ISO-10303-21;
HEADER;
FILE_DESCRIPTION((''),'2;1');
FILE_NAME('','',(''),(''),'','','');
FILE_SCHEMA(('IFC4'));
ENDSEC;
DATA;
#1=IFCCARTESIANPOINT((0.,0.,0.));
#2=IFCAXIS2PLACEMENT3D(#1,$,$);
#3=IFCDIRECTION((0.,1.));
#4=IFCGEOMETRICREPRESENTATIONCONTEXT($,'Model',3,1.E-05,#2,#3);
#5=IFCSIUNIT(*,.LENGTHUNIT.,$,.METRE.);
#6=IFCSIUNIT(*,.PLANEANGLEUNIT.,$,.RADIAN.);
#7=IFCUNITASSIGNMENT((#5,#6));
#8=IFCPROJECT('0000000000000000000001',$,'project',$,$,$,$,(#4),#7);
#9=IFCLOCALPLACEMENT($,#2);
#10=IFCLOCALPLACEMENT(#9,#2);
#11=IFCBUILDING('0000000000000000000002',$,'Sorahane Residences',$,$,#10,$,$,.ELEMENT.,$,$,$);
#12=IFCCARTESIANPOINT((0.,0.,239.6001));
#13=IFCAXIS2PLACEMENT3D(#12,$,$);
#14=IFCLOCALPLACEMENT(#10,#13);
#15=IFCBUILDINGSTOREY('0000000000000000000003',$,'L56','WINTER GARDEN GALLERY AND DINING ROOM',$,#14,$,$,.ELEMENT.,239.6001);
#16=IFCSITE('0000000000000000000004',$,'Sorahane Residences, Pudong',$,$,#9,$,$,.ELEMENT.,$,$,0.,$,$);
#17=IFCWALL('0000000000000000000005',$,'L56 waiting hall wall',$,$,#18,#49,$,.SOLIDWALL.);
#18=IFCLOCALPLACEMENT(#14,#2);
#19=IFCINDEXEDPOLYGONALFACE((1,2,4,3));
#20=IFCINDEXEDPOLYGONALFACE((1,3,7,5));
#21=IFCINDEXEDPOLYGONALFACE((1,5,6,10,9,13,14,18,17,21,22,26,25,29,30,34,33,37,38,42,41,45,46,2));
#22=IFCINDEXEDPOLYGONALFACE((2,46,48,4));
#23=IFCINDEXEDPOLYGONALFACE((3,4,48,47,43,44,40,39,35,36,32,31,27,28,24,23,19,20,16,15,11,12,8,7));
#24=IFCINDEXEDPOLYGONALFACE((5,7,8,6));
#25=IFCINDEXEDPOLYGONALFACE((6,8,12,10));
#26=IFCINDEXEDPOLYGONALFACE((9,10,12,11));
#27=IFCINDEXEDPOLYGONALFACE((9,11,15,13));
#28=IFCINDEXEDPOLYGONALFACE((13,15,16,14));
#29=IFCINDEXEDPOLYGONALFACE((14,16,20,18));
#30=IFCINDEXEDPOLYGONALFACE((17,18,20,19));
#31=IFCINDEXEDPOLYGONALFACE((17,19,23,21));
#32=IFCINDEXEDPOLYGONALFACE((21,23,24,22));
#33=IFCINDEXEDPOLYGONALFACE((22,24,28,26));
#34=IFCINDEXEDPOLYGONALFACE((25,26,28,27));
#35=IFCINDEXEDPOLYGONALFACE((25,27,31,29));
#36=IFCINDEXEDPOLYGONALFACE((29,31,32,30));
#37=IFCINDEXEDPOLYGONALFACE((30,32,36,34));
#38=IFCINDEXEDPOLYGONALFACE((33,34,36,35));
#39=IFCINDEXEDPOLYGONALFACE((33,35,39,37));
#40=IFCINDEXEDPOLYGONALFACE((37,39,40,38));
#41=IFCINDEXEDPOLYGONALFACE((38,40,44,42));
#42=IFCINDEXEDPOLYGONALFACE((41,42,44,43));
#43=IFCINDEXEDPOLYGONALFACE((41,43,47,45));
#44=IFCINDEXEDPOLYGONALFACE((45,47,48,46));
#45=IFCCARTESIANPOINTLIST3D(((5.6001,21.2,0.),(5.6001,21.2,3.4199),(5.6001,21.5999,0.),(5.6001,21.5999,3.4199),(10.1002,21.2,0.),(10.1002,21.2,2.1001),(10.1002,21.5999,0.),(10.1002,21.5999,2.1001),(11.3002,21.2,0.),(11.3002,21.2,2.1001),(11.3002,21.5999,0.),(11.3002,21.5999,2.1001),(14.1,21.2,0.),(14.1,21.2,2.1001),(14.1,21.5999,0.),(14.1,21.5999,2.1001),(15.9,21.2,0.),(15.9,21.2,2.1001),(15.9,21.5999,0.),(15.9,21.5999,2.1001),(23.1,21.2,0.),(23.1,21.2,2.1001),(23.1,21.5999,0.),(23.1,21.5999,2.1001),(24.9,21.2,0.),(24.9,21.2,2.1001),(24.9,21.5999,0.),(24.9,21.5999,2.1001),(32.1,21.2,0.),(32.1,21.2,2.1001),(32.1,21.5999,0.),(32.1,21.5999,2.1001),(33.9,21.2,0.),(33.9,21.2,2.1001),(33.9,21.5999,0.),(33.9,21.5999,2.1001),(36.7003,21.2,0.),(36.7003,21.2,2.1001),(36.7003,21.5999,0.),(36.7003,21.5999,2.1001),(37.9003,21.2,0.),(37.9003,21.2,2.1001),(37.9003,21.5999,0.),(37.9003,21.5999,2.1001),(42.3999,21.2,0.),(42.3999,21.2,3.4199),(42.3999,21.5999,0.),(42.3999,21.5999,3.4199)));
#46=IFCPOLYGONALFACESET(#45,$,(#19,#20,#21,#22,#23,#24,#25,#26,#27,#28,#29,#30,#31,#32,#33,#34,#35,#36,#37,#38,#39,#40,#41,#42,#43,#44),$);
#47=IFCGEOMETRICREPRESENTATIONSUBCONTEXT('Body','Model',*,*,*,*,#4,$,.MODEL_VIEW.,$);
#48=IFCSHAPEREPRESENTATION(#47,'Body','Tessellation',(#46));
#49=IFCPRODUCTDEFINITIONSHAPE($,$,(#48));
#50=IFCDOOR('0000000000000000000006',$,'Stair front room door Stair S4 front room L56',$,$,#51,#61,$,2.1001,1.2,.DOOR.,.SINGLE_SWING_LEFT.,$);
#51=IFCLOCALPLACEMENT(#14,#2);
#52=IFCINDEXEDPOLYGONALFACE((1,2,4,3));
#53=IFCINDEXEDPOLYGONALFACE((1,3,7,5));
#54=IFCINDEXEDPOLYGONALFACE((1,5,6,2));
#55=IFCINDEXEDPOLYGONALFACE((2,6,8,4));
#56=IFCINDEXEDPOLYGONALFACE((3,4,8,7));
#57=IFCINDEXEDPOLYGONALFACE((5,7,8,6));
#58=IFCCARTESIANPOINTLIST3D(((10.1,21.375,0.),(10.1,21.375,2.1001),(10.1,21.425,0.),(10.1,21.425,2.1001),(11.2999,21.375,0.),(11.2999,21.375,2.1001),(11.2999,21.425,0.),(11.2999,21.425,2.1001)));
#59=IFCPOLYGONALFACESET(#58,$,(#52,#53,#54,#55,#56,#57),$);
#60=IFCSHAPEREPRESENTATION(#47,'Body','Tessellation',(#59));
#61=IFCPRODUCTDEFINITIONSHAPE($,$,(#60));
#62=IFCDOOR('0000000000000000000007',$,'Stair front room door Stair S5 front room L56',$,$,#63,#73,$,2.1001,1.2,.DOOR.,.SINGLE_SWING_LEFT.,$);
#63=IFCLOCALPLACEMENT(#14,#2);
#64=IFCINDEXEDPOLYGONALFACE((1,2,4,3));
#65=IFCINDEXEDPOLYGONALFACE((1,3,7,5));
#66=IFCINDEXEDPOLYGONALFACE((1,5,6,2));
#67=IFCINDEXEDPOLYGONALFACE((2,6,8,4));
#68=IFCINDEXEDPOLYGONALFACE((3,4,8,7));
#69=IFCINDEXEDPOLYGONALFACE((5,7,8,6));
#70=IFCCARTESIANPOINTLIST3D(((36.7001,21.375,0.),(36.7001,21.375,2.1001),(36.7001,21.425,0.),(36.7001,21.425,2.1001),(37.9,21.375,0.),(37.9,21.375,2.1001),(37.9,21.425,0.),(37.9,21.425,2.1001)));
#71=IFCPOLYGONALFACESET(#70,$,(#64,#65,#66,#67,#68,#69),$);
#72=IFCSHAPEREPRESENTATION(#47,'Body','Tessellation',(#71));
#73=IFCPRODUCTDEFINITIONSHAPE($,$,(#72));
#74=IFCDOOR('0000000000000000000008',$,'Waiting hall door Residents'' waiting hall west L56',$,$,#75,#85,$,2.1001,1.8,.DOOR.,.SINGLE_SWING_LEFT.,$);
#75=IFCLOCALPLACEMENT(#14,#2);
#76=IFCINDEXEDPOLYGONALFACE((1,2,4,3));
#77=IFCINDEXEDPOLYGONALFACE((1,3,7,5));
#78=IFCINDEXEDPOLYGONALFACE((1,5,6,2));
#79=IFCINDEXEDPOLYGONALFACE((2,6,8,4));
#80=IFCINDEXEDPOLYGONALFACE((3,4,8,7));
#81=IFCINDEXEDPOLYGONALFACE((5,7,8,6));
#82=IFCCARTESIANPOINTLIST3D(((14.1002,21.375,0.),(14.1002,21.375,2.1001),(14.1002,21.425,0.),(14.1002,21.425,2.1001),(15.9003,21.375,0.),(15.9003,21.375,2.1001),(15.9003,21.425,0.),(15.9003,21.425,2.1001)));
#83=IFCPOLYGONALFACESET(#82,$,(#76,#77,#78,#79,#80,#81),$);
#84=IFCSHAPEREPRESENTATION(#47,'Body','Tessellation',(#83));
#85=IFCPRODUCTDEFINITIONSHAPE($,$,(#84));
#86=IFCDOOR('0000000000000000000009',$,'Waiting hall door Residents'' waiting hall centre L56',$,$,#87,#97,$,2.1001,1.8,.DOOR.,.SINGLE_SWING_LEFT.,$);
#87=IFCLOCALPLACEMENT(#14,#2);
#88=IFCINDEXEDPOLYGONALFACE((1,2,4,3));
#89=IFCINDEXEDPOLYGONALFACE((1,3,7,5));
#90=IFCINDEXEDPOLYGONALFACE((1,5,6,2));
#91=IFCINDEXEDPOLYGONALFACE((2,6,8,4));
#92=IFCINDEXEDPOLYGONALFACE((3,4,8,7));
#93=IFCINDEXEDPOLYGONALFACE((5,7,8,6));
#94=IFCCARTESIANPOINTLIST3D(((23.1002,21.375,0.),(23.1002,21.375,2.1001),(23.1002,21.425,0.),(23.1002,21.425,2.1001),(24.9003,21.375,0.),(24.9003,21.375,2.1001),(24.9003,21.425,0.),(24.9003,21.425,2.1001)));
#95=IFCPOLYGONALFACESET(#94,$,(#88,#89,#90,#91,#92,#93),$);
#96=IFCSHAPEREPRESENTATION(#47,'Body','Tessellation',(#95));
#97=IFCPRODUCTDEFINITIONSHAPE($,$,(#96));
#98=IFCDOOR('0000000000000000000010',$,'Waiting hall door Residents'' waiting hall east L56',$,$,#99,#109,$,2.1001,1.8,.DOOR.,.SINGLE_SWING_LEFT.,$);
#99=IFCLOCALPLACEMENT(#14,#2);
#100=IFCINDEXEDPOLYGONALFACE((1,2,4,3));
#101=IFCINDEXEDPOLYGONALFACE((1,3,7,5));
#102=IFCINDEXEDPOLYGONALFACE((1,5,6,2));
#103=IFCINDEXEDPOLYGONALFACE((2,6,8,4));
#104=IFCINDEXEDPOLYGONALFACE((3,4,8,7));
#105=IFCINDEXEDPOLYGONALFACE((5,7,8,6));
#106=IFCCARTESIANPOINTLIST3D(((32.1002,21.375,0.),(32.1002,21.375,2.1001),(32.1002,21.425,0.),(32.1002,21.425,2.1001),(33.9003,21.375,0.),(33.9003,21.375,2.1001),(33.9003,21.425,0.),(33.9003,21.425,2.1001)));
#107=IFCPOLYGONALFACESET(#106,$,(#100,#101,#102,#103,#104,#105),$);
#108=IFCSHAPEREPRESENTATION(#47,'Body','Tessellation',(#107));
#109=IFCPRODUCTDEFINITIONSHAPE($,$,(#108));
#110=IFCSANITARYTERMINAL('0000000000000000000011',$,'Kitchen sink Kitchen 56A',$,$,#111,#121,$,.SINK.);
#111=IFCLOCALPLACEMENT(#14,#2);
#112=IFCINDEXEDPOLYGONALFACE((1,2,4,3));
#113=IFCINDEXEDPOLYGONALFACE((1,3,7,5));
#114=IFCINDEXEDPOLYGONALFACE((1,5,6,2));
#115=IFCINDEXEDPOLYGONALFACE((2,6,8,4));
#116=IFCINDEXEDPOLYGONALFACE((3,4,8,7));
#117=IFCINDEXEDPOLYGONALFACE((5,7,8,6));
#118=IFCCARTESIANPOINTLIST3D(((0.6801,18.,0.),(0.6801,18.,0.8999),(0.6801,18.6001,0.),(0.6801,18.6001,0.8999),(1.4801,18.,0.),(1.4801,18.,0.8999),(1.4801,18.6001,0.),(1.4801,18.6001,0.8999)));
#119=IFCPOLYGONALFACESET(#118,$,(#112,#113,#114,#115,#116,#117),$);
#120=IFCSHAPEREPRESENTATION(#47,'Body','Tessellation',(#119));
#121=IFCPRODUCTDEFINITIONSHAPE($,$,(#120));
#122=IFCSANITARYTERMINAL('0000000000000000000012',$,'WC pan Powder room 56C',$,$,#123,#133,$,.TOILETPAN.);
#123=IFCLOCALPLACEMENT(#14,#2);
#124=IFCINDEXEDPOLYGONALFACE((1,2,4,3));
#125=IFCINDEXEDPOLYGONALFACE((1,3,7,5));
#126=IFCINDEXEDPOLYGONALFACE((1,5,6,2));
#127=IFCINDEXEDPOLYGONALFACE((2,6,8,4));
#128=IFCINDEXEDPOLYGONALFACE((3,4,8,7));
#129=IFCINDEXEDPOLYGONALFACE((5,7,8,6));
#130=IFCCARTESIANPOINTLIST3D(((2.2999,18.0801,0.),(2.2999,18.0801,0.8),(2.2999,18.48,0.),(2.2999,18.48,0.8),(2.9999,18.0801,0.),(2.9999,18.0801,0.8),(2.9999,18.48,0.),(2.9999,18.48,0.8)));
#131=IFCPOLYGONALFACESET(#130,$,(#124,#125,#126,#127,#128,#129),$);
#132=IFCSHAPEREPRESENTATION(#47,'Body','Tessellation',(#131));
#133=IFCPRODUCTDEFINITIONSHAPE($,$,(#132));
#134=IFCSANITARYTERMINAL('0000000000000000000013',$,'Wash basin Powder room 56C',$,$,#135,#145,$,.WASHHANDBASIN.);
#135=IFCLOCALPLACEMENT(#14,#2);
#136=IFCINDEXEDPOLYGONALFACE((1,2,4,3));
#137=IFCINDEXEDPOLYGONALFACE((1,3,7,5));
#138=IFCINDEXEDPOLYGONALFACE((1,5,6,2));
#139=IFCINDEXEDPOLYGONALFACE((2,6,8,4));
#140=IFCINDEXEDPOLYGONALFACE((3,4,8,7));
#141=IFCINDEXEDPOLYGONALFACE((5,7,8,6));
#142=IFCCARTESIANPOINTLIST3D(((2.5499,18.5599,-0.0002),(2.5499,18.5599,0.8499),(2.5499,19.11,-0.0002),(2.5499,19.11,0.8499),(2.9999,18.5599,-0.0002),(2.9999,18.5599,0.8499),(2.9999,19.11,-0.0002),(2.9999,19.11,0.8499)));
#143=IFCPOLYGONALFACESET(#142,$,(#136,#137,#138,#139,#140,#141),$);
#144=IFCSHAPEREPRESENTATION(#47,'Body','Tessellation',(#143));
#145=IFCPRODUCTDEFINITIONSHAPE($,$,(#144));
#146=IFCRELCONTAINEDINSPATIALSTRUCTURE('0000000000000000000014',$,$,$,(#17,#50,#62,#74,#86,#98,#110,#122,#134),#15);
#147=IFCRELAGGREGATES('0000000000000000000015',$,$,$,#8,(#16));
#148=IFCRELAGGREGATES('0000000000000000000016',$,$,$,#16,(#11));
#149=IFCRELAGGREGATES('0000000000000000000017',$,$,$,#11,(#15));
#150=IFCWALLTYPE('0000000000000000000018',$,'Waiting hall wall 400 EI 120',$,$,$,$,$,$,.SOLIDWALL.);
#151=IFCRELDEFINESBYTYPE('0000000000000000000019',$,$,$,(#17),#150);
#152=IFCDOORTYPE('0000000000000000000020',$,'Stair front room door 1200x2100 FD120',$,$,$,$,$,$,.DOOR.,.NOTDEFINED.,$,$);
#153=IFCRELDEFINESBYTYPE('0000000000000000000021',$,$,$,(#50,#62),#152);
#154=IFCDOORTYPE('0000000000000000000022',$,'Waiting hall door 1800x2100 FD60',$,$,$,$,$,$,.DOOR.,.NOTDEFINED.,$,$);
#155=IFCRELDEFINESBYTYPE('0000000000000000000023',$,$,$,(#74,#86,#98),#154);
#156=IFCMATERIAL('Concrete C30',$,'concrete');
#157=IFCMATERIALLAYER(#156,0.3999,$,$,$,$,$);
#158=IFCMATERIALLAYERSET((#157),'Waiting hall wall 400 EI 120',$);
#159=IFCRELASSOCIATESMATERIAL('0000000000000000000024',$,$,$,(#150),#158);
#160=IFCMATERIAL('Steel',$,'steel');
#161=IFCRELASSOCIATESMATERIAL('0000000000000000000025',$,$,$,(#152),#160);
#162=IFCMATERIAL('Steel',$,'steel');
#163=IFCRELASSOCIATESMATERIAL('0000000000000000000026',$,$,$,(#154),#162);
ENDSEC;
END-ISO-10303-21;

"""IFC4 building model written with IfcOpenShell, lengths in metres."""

from ifc_helpers import new_model, si_unit, direction, frame, frame_2d, origin, origin_2d, place, context, subcontext, project, spatial, rectangle, extrude, material, layer, layer_set, type_object, element, fill, save


model = new_model("IFC4")

# Units and contexts
model_context = context("Model", 3, precision=1e-05, world=origin(), true_north=direction((0.0, 1.0)))
body_context = subcontext(model_context, "Body", "Model", "MODEL_VIEW")
ifc_project = project(units=[si_unit("LENGTHUNIT", "METRE"), si_unit("PLANEANGLEUNIT", "RADIAN")], contexts=[model_context])

# Site, building, storey
site_placement = place(None, origin())
site = spatial("IfcSite", under=ifc_project, at=site_placement, Name="Sorahane Residences, Pudong", CompositionType="ELEMENT", RefElevation=0.0)
building_placement = place(site_placement, origin())
building = spatial("IfcBuilding", under=site, at=building_placement, Name="Sorahane Residences", CompositionType="ELEMENT")
storey_placement = place(building_placement, frame((0.0, 0.0, 239.6001)))
storey = spatial("IfcBuildingStorey", under=building, at=storey_placement, Name="L56", Description="WINTER GARDEN GALLERY AND DINING ROOM", CompositionType="ELEMENT", Elevation=239.6001)

# Wall, openings, doors
ifc_material_1 = material(Name="Concrete C30", Category="concrete")
ifc_layer_1 = layer(ifc_material_1, 0.3999)
ifc_layer_set_1 = layer_set([ifc_layer_1], Name="Waiting hall wall 400 EI 120")
wall_type_1 = type_object("IfcWallType", Name="Waiting hall wall 400 EI 120", PredefinedType="SOLIDWALL", material=ifc_layer_set_1)
wall_1_placement = place(storey_placement, frame((5.6001, 21.3999, 0.0), z_axis=(0.0, 0.0, 1.0), x_axis=(1.0, 0.0, 0.0)))
wall_1 = element("IfcWall", 1, at=wall_1_placement, inside=storey, type_object=wall_type_1, Name="L56 waiting hall wall", PredefinedType="SOLIDWALL", context=body_context, shape_type="SweptSolid", body=[
    extrude(rectangle(XDim=36.7998, YDim=0.3999, at=frame_2d((18.3999, 0.0))), origin(), (0.0, 0.0, 1.0), 3.4199),
])
opening_1_placement = place(wall_1_placement, frame((8.5, 0.0, 0.0)))
opening_1 = element("IfcOpeningElement", 2, at=opening_1_placement, cuts=wall_1, PredefinedType="OPENING", context=body_context, shape_type="SweptSolid", body=[
    extrude(rectangle(XDim=1.8, YDim=2.1001, at=frame_2d((0.8999, 1.05))), frame((0.0, 0.21, 0.0), z_axis=(0.0, -1.0, 0.0), x_axis=(1.0, 0.0, 0.0)), (0.0, 0.0, 1.0), 0.4199),
])
opening_2_placement = place(wall_1_placement, frame((17.5, 0.0, 0.0)))
opening_2 = element("IfcOpeningElement", 3, at=opening_2_placement, cuts=wall_1, PredefinedType="OPENING", context=body_context, shape_type="SweptSolid", body=[
    extrude(rectangle(XDim=1.8, YDim=2.1001, at=frame_2d((0.8999, 1.05))), frame((0.0, 0.21, 0.0), z_axis=(0.0, -1.0, 0.0), x_axis=(1.0, 0.0, 0.0)), (0.0, 0.0, 1.0), 0.4199),
])
opening_3_placement = place(wall_1_placement, frame((26.5, 0.0, 0.0)))
opening_3 = element("IfcOpeningElement", 4, at=opening_3_placement, cuts=wall_1, PredefinedType="OPENING", context=body_context, shape_type="SweptSolid", body=[
    extrude(rectangle(XDim=1.8, YDim=2.1001, at=frame_2d((0.8999, 1.05))), frame((0.0, 0.21, 0.0), z_axis=(0.0, -1.0, 0.0), x_axis=(1.0, 0.0, 0.0)), (0.0, 0.0, 1.0), 0.4199),
])
opening_4_placement = place(wall_1_placement, frame((4.5, 0.0, 0.0)))
opening_4 = element("IfcOpeningElement", 5, at=opening_4_placement, cuts=wall_1, PredefinedType="OPENING", context=body_context, shape_type="SweptSolid", body=[
    extrude(rectangle(XDim=1.2, YDim=2.1001, at=frame_2d((0.6001, 1.05))), frame((0.0, 0.21, 0.0), z_axis=(0.0, -1.0, 0.0), x_axis=(1.0, 0.0, 0.0)), (0.0, 0.0, 1.0), 0.4199),
])
opening_5_placement = place(wall_1_placement, frame((31.1001, 0.0, 0.0)))
opening_5 = element("IfcOpeningElement", 6, at=opening_5_placement, cuts=wall_1, PredefinedType="OPENING", context=body_context, shape_type="SweptSolid", body=[
    extrude(rectangle(XDim=1.2, YDim=2.1001, at=frame_2d((0.6001, 1.05))), frame((0.0, 0.21, 0.0), z_axis=(0.0, -1.0, 0.0), x_axis=(1.0, 0.0, 0.0)), (0.0, 0.0, 1.0), 0.4199),
])
ifc_material_2 = material(Name="Steel", Category="steel")
door_type_1 = type_object("IfcDoorType", Name="Stair front room door 1200x2100 FD120", OperationType="NOTDEFINED", PredefinedType="DOOR", material=ifc_material_2)
door_1_placement = place(opening_4_placement, frame((1.2, 0.0, 0.0), z_axis=(0.0, 0.0, 1.0), x_axis=(-1.0, 0.0, 0.0)))
door_1 = element("IfcDoor", 7, at=door_1_placement, inside=storey, type_object=door_type_1, Name="Stair front room door Stair S4 front room L56", OperationType="SINGLE_SWING_LEFT", OverallHeight=2.1001, OverallWidth=1.2, PredefinedType="DOOR", context=body_context, shape_type="SweptSolid", body=[
    extrude(rectangle(XDim=1.2, YDim=2.1001, at=frame_2d((0.6001, 1.05))), frame((0.0, 0.0249, 0.0), z_axis=(0.0, -1.0, 0.0), x_axis=(1.0, 0.0, 0.0)), (0.0, 0.0, 1.0), 0.05),
])
fill(opening_4, door_1)
door_2_placement = place(opening_5_placement, frame((1.2, 0.0, 0.0), z_axis=(0.0, 0.0, 1.0), x_axis=(-1.0, 0.0, 0.0)))
door_2 = element("IfcDoor", 8, at=door_2_placement, inside=storey, type_object=door_type_1, Name="Stair front room door Stair S5 front room L56", OperationType="SINGLE_SWING_LEFT", OverallHeight=2.1001, OverallWidth=1.2, PredefinedType="DOOR", context=body_context, shape_type="SweptSolid", body=[
    extrude(rectangle(XDim=1.2, YDim=2.1001, at=frame_2d((0.6001, 1.05))), frame((0.0, 0.0249, 0.0), z_axis=(0.0, -1.0, 0.0), x_axis=(1.0, 0.0, 0.0)), (0.0, 0.0, 1.0), 0.05),
])
fill(opening_5, door_2)
ifc_material_3 = material(Name="Steel", Category="steel")
door_type_2 = type_object("IfcDoorType", Name="Waiting hall door 1800x2100 FD60", OperationType="NOTDEFINED", PredefinedType="DOOR", material=ifc_material_3)
door_3_placement = place(opening_1_placement, frame((1.8, 0.0, 0.0), z_axis=(0.0, 0.0, 1.0), x_axis=(-1.0, 0.0, 0.0)))
door_3 = element("IfcDoor", 9, at=door_3_placement, inside=storey, type_object=door_type_2, Name="Waiting hall door Residents' waiting hall west L56", OperationType="SINGLE_SWING_LEFT", OverallHeight=2.1001, OverallWidth=1.8, PredefinedType="DOOR", context=body_context, shape_type="SweptSolid", body=[
    extrude(rectangle(XDim=1.8, YDim=2.1001, at=frame_2d((0.8999, 1.05))), frame((0.0, 0.0249, 0.0), z_axis=(0.0, -1.0, 0.0), x_axis=(1.0, 0.0, 0.0)), (0.0, 0.0, 1.0), 0.05),
])
fill(opening_1, door_3)
door_4_placement = place(opening_2_placement, frame((1.8, 0.0, 0.0), z_axis=(0.0, 0.0, 1.0), x_axis=(-1.0, 0.0, 0.0)))
door_4 = element("IfcDoor", 10, at=door_4_placement, inside=storey, type_object=door_type_2, Name="Waiting hall door Residents' waiting hall centre L56", OperationType="SINGLE_SWING_LEFT", OverallHeight=2.1001, OverallWidth=1.8, PredefinedType="DOOR", context=body_context, shape_type="SweptSolid", body=[
    extrude(rectangle(XDim=1.8, YDim=2.1001, at=frame_2d((0.8999, 1.05))), frame((0.0, 0.0249, 0.0), z_axis=(0.0, -1.0, 0.0), x_axis=(1.0, 0.0, 0.0)), (0.0, 0.0, 1.0), 0.05),
])
fill(opening_2, door_4)
door_5_placement = place(opening_3_placement, frame((1.8, 0.0, 0.0), z_axis=(0.0, 0.0, 1.0), x_axis=(-1.0, 0.0, 0.0)))
door_5 = element("IfcDoor", 11, at=door_5_placement, inside=storey, type_object=door_type_2, Name="Waiting hall door Residents' waiting hall east L56", OperationType="SINGLE_SWING_LEFT", OverallHeight=2.1001, OverallWidth=1.8, PredefinedType="DOOR", context=body_context, shape_type="SweptSolid", body=[
    extrude(rectangle(XDim=1.8, YDim=2.1001, at=frame_2d((0.8999, 1.05))), frame((0.0, 0.0249, 0.0), z_axis=(0.0, -1.0, 0.0), x_axis=(1.0, 0.0, 0.0)), (0.0, 0.0, 1.0), 0.05),
])
fill(opening_3, door_5)

# Sanitary terminals
sanitary_terminal_1_placement = place(storey_placement, frame((1.0801, 18.3, 0.0), z_axis=(0.0, 0.0, 1.0), x_axis=(1.0, 0.0, 0.0)))
element("IfcSanitaryTerminal", 12, at=sanitary_terminal_1_placement, inside=storey, Name="Kitchen sink Kitchen 56A", PredefinedType="SINK", context=body_context, shape_type="SweptSolid", body=[
    extrude(rectangle(XDim=0.8, YDim=0.6001, at=origin_2d()), origin(), (0.0, 0.0, 1.0), 0.8999),
])
sanitary_terminal_2_placement = place(storey_placement, frame((2.6499, 18.28, 0.0), z_axis=(0.0, 0.0, 1.0), x_axis=(0.0, -1.0, 0.0)))
element("IfcSanitaryTerminal", 13, at=sanitary_terminal_2_placement, inside=storey, Name="WC pan Powder room 56C", PredefinedType="TOILETPAN", context=body_context, shape_type="SweptSolid", body=[
    extrude(rectangle(XDim=0.3999, YDim=0.7, at=origin_2d()), origin(), (0.0, 0.0, 1.0), 0.8),
])
sanitary_terminal_3_placement = place(storey_placement, frame((2.7749, 18.835, -0.0002), z_axis=(0.0, 0.0, 1.0), x_axis=(0.0, -1.0, 0.0)))
element("IfcSanitaryTerminal", 14, at=sanitary_terminal_3_placement, inside=storey, Name="Wash basin Powder room 56C", PredefinedType="WASHHANDBASIN", context=body_context, shape_type="SweptSolid", body=[
    extrude(rectangle(XDim=0.55, YDim=0.45, at=origin_2d()), origin(), (0.0, 0.0, 1.0), 0.8501),
])

save(model, "model.ifc")
